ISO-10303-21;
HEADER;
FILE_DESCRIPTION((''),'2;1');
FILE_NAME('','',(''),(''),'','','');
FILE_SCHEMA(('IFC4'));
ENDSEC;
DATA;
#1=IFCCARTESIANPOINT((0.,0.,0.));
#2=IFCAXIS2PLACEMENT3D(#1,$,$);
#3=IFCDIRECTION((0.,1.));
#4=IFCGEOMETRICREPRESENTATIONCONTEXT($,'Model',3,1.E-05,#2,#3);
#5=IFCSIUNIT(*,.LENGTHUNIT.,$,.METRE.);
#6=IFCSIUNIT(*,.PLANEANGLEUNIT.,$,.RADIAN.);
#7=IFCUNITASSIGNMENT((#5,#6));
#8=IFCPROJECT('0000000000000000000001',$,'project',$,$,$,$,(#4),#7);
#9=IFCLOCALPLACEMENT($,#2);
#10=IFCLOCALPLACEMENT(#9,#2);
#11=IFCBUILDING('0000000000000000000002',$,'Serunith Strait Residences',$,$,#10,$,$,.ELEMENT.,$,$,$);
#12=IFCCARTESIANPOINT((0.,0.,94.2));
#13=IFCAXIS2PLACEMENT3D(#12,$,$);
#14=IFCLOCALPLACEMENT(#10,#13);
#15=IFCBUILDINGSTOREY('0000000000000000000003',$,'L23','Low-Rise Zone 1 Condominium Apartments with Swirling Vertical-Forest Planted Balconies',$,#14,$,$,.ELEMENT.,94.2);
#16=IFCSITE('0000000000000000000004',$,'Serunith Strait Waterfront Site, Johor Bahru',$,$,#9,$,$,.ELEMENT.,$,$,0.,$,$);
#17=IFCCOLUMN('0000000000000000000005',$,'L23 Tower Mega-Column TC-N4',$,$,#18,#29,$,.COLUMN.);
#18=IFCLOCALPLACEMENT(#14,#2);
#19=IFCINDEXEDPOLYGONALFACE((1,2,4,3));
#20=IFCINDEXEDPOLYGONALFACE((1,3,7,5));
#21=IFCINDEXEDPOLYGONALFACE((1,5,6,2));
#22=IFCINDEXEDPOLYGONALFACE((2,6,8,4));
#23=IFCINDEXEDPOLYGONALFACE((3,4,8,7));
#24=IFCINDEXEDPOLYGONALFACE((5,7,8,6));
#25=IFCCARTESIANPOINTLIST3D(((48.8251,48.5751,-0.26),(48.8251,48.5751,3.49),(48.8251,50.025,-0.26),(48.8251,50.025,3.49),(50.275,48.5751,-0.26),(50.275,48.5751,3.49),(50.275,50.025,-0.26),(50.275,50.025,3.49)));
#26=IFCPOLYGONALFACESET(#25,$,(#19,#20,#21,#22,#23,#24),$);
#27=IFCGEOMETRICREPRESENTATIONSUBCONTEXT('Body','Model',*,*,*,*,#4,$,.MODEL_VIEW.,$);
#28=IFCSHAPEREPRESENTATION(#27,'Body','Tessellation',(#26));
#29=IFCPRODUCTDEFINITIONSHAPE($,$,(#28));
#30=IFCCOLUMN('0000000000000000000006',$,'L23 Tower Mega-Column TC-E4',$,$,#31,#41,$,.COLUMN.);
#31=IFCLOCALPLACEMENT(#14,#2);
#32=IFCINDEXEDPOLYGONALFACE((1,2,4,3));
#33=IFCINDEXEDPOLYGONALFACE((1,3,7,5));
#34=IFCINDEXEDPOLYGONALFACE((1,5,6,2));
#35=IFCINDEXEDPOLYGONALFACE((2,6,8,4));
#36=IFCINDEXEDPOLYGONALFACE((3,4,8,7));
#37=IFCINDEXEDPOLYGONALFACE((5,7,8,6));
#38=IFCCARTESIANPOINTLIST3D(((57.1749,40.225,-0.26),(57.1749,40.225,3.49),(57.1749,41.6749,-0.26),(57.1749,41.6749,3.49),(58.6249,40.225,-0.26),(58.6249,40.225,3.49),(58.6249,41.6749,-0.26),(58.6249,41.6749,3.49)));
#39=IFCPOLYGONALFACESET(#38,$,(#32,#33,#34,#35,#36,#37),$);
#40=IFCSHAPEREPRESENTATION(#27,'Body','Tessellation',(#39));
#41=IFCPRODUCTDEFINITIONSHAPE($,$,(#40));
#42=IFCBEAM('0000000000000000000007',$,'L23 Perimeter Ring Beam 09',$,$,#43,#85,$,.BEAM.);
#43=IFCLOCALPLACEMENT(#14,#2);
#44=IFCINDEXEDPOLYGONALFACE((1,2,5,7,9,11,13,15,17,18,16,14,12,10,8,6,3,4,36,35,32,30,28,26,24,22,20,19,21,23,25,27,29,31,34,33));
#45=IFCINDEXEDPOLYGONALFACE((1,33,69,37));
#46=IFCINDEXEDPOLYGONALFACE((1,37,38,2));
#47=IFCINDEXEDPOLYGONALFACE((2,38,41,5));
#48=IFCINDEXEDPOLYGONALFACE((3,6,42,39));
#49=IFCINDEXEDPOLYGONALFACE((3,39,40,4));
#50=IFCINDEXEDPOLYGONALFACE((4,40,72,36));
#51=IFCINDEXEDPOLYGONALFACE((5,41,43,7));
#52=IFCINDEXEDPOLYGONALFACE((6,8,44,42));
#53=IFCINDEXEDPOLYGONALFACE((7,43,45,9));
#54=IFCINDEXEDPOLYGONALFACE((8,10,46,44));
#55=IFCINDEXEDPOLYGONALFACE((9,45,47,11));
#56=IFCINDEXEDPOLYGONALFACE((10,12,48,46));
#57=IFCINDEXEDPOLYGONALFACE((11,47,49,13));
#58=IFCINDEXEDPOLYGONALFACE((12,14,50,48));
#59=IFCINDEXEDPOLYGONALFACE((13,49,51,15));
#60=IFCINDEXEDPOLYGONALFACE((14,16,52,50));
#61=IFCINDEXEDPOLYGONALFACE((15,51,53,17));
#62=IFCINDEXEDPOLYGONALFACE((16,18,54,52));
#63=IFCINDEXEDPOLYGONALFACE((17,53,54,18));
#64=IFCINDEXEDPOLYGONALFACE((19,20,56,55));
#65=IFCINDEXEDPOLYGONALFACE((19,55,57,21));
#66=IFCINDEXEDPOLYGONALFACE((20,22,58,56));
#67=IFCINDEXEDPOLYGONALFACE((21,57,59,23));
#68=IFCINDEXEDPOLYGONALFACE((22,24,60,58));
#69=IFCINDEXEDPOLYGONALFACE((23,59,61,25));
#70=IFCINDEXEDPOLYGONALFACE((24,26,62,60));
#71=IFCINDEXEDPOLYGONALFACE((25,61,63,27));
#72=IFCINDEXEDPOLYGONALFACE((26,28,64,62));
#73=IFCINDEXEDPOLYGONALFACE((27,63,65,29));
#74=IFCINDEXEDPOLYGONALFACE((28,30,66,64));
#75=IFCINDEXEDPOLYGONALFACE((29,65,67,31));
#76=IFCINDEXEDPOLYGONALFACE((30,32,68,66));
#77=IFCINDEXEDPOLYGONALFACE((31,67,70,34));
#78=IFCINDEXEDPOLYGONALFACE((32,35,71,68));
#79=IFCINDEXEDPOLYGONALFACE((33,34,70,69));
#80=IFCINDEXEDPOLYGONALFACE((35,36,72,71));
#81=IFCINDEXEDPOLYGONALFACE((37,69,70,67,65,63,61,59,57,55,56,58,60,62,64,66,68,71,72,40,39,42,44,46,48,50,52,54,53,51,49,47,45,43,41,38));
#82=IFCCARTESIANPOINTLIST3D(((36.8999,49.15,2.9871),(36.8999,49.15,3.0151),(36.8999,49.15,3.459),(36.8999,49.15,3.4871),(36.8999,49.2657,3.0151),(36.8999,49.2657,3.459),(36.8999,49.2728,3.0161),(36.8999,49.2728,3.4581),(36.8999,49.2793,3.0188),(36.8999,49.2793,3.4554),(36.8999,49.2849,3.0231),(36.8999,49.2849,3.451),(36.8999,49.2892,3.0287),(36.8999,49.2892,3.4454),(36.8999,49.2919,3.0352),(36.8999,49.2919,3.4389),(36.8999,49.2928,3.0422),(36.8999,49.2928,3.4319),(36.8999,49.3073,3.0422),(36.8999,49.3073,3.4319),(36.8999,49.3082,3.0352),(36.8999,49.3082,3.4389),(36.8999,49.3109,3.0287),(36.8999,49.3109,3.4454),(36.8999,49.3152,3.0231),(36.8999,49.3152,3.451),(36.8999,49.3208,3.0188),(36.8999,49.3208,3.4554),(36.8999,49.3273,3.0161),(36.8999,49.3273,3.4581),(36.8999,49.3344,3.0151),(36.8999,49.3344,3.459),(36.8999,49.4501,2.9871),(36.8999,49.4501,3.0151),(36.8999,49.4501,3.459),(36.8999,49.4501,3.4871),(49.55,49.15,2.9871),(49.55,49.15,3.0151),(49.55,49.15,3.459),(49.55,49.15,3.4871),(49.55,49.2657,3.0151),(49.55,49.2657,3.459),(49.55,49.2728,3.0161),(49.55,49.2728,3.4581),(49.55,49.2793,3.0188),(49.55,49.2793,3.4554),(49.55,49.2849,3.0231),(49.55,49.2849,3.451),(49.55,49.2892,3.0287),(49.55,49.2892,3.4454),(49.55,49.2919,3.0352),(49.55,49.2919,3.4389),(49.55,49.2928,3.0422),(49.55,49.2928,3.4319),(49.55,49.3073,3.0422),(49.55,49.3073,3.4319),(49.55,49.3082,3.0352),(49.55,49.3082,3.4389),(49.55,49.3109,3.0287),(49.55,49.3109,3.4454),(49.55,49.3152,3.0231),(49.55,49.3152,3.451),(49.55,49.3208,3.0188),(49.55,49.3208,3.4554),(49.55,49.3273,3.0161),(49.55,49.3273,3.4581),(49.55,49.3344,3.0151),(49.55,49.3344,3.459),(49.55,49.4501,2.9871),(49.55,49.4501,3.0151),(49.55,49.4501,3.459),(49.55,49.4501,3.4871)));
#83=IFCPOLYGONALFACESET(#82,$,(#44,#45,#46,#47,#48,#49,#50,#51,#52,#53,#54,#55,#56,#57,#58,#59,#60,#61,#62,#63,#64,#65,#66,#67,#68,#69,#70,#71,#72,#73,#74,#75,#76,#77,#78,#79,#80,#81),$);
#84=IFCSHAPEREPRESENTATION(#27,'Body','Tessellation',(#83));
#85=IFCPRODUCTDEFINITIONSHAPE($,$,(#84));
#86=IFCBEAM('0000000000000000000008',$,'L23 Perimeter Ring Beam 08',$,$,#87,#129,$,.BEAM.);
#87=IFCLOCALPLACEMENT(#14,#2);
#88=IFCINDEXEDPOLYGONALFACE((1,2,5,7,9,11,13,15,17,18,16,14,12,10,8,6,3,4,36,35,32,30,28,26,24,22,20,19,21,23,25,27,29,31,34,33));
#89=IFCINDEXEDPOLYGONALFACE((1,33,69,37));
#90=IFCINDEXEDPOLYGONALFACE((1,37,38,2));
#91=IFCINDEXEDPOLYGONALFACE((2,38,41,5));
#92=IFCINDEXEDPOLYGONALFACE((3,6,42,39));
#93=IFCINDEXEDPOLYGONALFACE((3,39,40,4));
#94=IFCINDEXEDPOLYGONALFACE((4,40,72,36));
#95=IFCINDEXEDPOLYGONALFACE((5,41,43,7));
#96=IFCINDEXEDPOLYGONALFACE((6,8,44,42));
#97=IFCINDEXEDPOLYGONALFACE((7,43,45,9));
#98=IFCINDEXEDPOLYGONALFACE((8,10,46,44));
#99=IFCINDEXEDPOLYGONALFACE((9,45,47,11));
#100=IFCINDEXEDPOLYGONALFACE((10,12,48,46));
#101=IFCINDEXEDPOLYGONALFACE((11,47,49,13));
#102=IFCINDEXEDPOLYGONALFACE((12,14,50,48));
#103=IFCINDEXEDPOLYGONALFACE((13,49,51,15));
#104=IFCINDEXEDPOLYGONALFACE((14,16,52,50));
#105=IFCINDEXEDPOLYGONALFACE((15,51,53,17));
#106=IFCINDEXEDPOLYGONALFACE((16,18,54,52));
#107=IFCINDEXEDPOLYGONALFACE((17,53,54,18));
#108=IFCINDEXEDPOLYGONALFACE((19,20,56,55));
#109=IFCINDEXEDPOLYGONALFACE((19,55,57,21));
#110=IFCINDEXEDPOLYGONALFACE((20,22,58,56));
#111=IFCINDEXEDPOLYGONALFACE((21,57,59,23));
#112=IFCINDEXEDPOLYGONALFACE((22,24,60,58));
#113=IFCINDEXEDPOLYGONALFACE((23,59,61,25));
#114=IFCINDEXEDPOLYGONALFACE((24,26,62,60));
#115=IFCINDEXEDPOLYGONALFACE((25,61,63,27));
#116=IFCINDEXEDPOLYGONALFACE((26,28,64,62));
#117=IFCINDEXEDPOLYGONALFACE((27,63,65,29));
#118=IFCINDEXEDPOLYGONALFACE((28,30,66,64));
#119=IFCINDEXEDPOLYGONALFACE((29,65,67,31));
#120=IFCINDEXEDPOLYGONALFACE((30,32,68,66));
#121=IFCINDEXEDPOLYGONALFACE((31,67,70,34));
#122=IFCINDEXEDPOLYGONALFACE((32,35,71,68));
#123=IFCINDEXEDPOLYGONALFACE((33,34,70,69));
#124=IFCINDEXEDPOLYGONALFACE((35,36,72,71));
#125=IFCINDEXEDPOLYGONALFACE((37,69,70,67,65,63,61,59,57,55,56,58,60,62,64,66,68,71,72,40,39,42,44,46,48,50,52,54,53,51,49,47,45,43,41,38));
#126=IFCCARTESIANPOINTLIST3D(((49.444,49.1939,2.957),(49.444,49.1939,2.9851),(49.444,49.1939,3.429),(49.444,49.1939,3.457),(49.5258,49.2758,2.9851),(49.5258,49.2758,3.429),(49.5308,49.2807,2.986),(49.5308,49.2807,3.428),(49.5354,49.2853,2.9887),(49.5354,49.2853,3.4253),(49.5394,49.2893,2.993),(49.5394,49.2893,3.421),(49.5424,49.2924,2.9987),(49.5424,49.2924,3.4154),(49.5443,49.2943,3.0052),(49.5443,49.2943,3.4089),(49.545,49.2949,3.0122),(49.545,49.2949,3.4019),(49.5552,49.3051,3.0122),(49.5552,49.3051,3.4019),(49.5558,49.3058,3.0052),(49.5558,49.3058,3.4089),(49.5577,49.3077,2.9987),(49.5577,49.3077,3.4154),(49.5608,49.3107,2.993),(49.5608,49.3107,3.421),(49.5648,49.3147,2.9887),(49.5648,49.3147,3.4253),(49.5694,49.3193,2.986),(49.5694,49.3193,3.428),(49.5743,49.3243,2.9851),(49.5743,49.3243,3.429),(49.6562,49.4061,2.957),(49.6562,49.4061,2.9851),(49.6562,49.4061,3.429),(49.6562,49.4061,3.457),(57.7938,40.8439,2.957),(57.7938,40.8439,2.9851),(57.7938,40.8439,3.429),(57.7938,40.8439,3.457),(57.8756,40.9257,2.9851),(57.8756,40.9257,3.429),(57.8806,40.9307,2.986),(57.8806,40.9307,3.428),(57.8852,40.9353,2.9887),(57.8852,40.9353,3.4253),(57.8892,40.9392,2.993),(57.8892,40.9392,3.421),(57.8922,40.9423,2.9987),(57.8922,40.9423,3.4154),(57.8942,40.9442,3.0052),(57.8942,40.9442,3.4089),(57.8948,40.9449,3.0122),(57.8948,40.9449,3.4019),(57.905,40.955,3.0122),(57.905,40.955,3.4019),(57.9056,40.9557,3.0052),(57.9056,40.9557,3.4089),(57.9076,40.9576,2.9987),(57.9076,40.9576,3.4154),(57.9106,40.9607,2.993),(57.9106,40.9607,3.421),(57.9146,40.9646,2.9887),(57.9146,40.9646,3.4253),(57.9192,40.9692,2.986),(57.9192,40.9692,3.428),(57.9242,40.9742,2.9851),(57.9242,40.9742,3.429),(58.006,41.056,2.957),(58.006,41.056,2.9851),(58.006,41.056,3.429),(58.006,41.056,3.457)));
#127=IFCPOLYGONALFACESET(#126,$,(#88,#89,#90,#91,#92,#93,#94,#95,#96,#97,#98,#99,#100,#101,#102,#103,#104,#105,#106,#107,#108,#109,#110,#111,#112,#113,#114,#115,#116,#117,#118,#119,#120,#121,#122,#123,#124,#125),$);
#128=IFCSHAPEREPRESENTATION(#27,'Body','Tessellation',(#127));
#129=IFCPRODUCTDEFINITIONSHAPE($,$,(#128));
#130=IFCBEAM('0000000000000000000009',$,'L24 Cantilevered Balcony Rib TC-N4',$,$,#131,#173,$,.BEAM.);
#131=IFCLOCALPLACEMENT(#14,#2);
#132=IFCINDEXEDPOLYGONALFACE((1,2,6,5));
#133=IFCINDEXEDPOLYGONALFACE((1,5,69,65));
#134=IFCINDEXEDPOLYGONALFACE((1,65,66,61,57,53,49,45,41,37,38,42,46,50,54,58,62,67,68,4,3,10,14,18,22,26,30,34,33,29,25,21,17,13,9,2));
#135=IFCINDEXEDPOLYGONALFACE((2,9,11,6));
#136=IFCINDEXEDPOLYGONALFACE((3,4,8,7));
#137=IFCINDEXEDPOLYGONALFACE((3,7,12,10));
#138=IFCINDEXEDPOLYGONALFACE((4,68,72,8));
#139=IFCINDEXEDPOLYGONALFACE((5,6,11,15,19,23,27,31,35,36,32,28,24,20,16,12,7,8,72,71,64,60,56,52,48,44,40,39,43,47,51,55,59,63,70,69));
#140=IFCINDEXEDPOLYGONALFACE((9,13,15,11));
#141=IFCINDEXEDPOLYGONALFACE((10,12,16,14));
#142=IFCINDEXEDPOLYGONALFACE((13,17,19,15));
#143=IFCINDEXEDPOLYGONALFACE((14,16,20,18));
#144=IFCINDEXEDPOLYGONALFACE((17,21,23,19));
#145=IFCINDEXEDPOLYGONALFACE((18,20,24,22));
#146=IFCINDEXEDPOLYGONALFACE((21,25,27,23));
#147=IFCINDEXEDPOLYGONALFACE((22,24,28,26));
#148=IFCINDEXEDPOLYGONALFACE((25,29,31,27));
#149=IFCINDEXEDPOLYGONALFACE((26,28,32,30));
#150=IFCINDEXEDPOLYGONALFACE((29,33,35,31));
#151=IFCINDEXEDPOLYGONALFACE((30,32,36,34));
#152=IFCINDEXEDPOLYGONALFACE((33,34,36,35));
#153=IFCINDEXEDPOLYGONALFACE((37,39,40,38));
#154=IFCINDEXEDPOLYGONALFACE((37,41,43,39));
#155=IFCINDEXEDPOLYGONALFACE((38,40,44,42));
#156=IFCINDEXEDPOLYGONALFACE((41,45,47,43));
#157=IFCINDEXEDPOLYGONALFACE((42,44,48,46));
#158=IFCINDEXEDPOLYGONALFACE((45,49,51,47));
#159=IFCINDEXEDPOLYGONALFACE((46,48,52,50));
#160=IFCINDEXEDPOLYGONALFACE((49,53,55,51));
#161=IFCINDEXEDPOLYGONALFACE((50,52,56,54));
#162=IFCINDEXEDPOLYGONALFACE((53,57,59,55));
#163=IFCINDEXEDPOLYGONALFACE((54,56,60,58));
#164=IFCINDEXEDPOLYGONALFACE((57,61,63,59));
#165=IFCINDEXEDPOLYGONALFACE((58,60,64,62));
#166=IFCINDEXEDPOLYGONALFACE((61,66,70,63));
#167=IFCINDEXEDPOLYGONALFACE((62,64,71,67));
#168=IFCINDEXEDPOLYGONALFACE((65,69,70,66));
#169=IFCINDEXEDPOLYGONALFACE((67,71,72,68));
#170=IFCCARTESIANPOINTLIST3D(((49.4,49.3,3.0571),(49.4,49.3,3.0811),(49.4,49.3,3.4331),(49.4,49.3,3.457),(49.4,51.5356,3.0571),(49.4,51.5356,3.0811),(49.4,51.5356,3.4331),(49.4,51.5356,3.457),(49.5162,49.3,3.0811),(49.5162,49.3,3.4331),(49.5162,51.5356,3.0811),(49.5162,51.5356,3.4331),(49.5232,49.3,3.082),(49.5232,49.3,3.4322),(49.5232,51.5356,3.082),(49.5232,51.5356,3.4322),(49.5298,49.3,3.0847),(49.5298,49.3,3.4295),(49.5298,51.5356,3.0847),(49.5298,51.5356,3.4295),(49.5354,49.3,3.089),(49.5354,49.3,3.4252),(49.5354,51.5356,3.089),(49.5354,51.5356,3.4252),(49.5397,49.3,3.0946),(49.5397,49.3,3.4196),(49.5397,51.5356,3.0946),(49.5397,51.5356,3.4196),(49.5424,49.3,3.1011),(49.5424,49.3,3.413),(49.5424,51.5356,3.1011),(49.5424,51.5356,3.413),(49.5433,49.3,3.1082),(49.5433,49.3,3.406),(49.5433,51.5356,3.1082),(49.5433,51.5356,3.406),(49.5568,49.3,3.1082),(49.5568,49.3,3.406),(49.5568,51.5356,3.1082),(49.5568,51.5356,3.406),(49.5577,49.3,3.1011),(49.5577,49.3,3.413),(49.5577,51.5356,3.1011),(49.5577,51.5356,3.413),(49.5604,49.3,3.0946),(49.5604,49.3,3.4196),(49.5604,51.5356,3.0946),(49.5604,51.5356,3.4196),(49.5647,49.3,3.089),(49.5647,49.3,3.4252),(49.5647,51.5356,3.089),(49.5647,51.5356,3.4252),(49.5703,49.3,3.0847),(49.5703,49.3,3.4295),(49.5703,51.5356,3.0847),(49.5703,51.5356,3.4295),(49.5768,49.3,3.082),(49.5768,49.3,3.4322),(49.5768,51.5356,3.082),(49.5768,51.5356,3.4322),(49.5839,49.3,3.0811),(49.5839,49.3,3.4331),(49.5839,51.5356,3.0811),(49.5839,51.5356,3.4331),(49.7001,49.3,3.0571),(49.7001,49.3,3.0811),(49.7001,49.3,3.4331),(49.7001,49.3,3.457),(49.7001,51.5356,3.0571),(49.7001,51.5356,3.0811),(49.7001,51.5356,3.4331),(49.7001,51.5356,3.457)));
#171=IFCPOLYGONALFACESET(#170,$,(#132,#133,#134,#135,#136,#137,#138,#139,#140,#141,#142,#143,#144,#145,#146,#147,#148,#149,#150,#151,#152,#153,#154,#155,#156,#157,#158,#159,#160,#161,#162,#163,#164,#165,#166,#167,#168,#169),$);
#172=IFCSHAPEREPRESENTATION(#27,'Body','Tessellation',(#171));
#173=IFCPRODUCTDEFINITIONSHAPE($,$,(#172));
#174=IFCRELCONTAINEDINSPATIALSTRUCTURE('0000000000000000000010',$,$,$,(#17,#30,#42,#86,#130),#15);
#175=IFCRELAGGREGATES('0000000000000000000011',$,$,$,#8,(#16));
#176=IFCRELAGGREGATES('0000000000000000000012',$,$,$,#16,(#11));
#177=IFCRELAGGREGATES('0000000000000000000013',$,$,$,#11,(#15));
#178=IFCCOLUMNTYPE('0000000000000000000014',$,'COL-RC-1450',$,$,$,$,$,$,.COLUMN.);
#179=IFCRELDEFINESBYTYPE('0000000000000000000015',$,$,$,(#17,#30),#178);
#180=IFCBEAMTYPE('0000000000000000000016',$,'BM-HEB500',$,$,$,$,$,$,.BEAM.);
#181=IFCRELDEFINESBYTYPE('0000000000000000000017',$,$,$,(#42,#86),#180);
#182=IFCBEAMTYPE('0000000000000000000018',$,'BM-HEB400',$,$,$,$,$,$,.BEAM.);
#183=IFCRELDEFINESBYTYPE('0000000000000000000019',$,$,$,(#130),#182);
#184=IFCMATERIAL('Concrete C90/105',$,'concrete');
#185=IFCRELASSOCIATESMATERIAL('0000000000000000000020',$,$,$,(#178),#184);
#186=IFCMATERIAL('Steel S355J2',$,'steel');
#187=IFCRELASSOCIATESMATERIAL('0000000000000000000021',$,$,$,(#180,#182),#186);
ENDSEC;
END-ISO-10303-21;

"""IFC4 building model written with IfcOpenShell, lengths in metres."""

from ifc_helpers import new_model, si_unit, direction, frame, origin, origin_2d, place, context, subcontext, project, spatial, rectangle, i_section, extrude, source, transform, mapped, material, material_profile, profile_set, type_object, element, save


model = new_model("IFC4")

# Units and contexts
model_context = context("Model", 3, precision=1e-05, world=origin(), true_north=direction((0.0, 1.0)))
body_context = subcontext(model_context, "Body", "Model", "MODEL_VIEW")
ifc_project = project(units=[si_unit("LENGTHUNIT", "METRE"), si_unit("PLANEANGLEUNIT", "RADIAN")], contexts=[model_context])

# Site, building, storey
site_placement = place(None, origin())
site = spatial("IfcSite", under=ifc_project, at=site_placement, Name="Serunith Strait Waterfront Site, Johor Bahru", CompositionType="ELEMENT", RefElevation=0.0)
building_placement = place(site_placement, origin())
building = spatial("IfcBuilding", under=site, at=building_placement, Name="Serunith Strait Residences", CompositionType="ELEMENT")
storey_placement = place(building_placement, frame((0.0, 0.0, 94.2)))
storey = spatial("IfcBuildingStorey", under=building, at=storey_placement, Name="L23", Description="Low-Rise Zone 1 Condominium Apartments with Swirling Vertical-Forest Planted Balconies", CompositionType="ELEMENT", Elevation=94.2)

# Columns
ifc_material_1 = material(Name="Concrete C90/105", Category="concrete")
ifc_material_profile_1 = material_profile(ifc_material_1, rectangle(XDim=1.45, YDim=1.45, at=origin_2d()), Name="RC 1450x1450")
ifc_profile_set_1 = profile_set([ifc_material_profile_1], Name="Concrete C90/105")
column_type = type_object("IfcColumnType", Name="COL-RC-1450", PredefinedType="COLUMN", material=ifc_profile_set_1)
shared_shape_1 = source(origin(), body_context, "Body", "SweptSolid", [
    extrude(rectangle(XDim=1.45, YDim=1.45, at=origin_2d()), origin(), (0.0, 0.0, 1.0), 3.75),
])
for number, where, z_axis, x_axis, name in (
    (1, (49.55, 49.3, -0.26), (0.0, 0.0, 1.0), (1.0, 0.0, 0.0), "L23 Tower Mega-Column TC-N4"),
    (2, (57.8999, 40.95, -0.26), (0.0, 0.0, 1.0), (1.0, 0.0, 0.0), "L23 Tower Mega-Column TC-E4"),
):
    element("IfcColumn", number, at=place(storey_placement, frame(where, z_axis=z_axis, x_axis=x_axis)), inside=storey, type_object=column_type, Name=name, PredefinedType="COLUMN", context=body_context, shape_type="MappedRepresentation", body=[
        mapped(shared_shape_1, transform((0.0, 0.0, 0.0), scale=1.0)),
    ])

# Beams
ifc_material_2 = material(Name="Steel S355J2", Category="steel")
ifc_material_profile_2 = material_profile(ifc_material_2, i_section(OverallWidth=0.3, OverallDepth=0.5, WebThickness=0.0144, FlangeThickness=0.0281, FilletRadius=0.0271, at=origin_2d()), Name="HEB 500")
ifc_profile_set_2 = profile_set([ifc_material_profile_2], Name="Steel S355J2")
beam_type_1 = type_object("IfcBeamType", Name="BM-HEB500", PredefinedType="BEAM", material=ifc_profile_set_2)
shared_shape_2 = source(origin(), body_context, "Body", "SweptSolid", [
    extrude(i_section(OverallWidth=0.3, OverallDepth=0.5, WebThickness=0.0144, FlangeThickness=0.0281, FilletRadius=0.0271, at=origin_2d()), origin(), (0.0, 0.0, 1.0), 12.6501),
])
beam_1_placement = place(storey_placement, frame((49.55, 49.3, 3.2371), z_axis=(-1.0, 0.0, 0.0), x_axis=(0.0, -1.0, 0.0)))
element("IfcBeam", 3, at=beam_1_placement, inside=storey, type_object=beam_type_1, Name="L23 Perimeter Ring Beam 09", PredefinedType="BEAM", context=body_context, shape_type="MappedRepresentation", body=[
    mapped(shared_shape_2, transform((0.0, 0.0, 0.0), scale=1.0)),
])
shared_shape_3 = source(origin(), body_context, "Body", "SweptSolid", [
    extrude(i_section(OverallWidth=0.3, OverallDepth=0.5, WebThickness=0.0144, FlangeThickness=0.0281, FilletRadius=0.0271, at=origin_2d()), origin(), (0.0, 0.0, 1.0), 11.8086),
])
beam_2_placement = place(storey_placement, frame((57.8999, 40.95, 3.207), z_axis=(-0.707096, 0.707117, 0.0), x_axis=(-0.707117, -0.707096, 0.0)))
element("IfcBeam", 4, at=beam_2_placement, inside=storey, type_object=beam_type_1, Name="L23 Perimeter Ring Beam 08", PredefinedType="BEAM", context=body_context, shape_type="MappedRepresentation", body=[
    mapped(shared_shape_3, transform((0.0, 0.0, 0.0), scale=1.0)),
])
ifc_material_profile_3 = material_profile(ifc_material_2, i_section(OverallWidth=0.3, OverallDepth=0.3999, WebThickness=0.0134, FlangeThickness=0.0239, FilletRadius=0.0271, at=origin_2d()), Name="HEB 400")
ifc_profile_set_3 = profile_set([ifc_material_profile_3], Name="Steel S355J2")
beam_type_2 = type_object("IfcBeamType", Name="BM-HEB400", PredefinedType="BEAM", material=ifc_profile_set_3)
shared_shape_4 = source(origin(), body_context, "Body", "SweptSolid", [
    extrude(i_section(OverallWidth=0.3, OverallDepth=0.3999, WebThickness=0.0134, FlangeThickness=0.0239, FilletRadius=0.0271, at=origin_2d()), origin(), (0.0, 0.0, 1.0), 2.2356),
])
beam_3_placement = place(storey_placement, frame((49.55, 49.3, 3.2571), z_axis=(0.0, 1.0, 0.0), x_axis=(-1.0, 0.0, 0.0)))
element("IfcBeam", 5, at=beam_3_placement, inside=storey, type_object=beam_type_2, Name="L24 Cantilevered Balcony Rib TC-N4", PredefinedType="BEAM", context=body_context, shape_type="MappedRepresentation", body=[
    mapped(shared_shape_4, transform((0.0, 0.0, 0.0), scale=1.0)),
])

save(model, "model.ifc")
